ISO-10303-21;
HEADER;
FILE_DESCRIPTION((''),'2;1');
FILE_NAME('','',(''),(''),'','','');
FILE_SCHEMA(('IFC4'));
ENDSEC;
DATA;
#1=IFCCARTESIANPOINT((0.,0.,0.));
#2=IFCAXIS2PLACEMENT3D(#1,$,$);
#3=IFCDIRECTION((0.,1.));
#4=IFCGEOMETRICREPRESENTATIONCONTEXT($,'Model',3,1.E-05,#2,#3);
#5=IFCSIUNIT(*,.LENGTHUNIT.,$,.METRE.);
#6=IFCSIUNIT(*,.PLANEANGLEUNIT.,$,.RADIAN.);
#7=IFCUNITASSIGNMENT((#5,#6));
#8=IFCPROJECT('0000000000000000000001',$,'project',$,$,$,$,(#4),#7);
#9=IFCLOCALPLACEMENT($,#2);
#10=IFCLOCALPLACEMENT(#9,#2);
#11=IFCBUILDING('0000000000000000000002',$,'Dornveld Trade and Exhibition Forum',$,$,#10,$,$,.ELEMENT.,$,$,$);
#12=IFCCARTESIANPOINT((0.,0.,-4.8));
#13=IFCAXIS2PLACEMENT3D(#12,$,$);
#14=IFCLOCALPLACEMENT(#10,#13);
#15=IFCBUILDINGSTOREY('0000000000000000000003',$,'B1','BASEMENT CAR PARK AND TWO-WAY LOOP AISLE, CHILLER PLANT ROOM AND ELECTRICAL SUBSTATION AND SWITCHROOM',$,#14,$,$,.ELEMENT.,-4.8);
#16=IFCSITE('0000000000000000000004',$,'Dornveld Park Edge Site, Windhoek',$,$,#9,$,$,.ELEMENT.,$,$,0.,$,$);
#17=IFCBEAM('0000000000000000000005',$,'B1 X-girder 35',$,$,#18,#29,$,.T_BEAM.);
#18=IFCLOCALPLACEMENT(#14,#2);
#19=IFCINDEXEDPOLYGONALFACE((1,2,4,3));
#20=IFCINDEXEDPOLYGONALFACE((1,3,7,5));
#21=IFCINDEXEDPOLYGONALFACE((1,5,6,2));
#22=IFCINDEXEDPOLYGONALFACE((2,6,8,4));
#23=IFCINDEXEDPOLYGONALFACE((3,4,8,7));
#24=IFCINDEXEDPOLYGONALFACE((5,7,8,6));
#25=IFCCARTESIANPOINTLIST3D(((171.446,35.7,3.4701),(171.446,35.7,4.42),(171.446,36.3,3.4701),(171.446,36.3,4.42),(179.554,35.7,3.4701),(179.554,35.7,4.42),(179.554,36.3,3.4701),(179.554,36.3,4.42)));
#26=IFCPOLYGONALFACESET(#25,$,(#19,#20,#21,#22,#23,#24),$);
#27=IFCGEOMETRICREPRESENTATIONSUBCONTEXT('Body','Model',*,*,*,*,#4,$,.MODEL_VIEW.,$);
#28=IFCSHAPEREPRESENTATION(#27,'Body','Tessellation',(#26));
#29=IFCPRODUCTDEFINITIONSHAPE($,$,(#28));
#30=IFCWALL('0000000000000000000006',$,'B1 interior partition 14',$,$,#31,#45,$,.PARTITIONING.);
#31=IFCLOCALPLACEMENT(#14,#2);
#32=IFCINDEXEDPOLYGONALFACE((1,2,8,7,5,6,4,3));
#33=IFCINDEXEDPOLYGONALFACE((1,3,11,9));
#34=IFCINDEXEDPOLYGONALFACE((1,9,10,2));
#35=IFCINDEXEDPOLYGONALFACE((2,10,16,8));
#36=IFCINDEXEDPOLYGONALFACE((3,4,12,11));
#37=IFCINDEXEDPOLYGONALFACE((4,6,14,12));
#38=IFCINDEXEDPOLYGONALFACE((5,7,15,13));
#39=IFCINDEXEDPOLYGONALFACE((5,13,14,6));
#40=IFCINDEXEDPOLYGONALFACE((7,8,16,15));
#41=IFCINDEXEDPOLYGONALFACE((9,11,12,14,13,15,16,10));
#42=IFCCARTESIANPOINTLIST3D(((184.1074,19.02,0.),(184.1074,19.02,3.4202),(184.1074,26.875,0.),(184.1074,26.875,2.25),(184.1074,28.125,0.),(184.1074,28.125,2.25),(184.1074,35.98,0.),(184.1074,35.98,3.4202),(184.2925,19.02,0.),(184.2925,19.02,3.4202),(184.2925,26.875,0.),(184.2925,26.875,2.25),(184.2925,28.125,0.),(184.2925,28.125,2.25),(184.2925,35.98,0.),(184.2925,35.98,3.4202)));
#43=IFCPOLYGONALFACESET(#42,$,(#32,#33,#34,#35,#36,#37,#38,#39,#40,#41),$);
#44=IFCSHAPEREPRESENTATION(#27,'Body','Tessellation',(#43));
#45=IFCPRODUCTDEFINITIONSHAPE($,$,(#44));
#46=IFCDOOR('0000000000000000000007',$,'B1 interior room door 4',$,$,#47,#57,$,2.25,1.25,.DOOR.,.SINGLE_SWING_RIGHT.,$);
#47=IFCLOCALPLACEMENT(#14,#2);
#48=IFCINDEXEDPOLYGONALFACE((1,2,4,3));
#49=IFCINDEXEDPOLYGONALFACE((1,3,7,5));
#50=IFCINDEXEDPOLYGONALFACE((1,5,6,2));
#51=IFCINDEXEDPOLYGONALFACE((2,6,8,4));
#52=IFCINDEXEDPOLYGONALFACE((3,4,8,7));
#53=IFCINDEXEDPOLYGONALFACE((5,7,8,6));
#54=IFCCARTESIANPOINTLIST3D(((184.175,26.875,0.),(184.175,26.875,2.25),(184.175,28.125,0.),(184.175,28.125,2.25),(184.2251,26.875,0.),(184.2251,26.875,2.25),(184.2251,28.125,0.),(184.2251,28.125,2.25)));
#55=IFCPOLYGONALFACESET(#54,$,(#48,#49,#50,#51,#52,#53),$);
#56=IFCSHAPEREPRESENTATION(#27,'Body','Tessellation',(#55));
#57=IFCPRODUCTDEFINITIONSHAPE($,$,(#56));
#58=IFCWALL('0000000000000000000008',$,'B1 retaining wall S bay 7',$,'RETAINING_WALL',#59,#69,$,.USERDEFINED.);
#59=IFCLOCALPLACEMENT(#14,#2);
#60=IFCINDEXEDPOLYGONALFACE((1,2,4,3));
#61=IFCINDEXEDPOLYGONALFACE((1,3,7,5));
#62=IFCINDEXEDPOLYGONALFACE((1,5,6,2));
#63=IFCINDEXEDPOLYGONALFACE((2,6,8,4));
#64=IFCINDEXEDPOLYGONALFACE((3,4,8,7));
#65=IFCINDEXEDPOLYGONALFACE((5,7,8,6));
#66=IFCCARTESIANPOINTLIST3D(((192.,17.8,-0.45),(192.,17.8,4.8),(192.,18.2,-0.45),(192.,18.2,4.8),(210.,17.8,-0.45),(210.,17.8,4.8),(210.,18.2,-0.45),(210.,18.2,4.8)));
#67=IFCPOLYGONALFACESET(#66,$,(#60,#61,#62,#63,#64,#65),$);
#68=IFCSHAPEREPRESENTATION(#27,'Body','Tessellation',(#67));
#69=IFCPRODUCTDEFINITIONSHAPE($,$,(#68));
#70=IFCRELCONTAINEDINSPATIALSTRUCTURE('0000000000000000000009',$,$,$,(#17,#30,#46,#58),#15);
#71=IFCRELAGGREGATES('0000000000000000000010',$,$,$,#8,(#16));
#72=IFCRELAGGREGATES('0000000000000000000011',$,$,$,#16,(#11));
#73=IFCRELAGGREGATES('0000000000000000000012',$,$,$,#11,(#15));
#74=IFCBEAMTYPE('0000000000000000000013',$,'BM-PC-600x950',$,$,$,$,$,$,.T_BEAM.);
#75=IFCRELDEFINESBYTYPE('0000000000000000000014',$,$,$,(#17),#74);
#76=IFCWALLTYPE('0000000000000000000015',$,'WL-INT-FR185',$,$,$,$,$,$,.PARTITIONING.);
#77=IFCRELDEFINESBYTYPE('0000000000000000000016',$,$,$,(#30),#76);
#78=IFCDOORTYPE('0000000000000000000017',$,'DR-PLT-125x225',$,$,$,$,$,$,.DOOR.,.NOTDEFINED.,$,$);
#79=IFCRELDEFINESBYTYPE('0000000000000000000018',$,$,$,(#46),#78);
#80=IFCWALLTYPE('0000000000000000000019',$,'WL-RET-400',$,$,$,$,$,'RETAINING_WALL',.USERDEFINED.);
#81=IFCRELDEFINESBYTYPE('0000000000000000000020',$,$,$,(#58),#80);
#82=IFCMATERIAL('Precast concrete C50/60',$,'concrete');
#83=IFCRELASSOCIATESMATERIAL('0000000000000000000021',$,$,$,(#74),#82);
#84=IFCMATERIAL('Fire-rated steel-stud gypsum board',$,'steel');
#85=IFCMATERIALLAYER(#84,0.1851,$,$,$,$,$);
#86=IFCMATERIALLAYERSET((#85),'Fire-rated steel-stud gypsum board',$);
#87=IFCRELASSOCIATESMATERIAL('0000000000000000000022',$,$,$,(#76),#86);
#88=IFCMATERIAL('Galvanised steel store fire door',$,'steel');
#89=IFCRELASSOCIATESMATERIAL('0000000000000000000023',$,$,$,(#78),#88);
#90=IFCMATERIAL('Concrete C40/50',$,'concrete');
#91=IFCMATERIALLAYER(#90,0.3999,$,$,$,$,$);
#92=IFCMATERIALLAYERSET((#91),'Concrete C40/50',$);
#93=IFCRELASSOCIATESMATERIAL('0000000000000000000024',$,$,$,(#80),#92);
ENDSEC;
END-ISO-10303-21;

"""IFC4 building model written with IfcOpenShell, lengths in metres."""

from ifc_helpers import new_model, si_unit, direction, frame, frame_2d, origin, origin_2d, place, context, subcontext, project, spatial, rectangle, extrude, material, layer, layer_set, material_profile, profile_set, type_object, element, fill, save


model = new_model("IFC4")

# Units and contexts
model_context = context("Model", 3, precision=1e-05, world=origin(), true_north=direction((0.0, 1.0)))
body_context = subcontext(model_context, "Body", "Model", "MODEL_VIEW")
ifc_project = project(units=[si_unit("LENGTHUNIT", "METRE"), si_unit("PLANEANGLEUNIT", "RADIAN")], contexts=[model_context])

# Site, building, storey
site_placement = place(None, origin())
site = spatial("IfcSite", under=ifc_project, at=site_placement, Name="Dornveld Park Edge Site, Windhoek", CompositionType="ELEMENT", RefElevation=0.0)
building_placement = place(site_placement, origin())
building = spatial("IfcBuilding", under=site, at=building_placement, Name="Dornveld Trade and Exhibition Forum", CompositionType="ELEMENT")
storey_placement = place(building_placement, frame((0.0, 0.0, -4.8)))
storey = spatial("IfcBuildingStorey", under=building, at=storey_placement, Name="B1", Description="BASEMENT CAR PARK AND TWO-WAY LOOP AISLE, CHILLER PLANT ROOM AND ELECTRICAL SUBSTATION AND SWITCHROOM", CompositionType="ELEMENT", Elevation=-4.8)

# Beam
ifc_material_1 = material(Name="Precast concrete C50/60", Category="concrete")
ifc_material_profile_1 = material_profile(ifc_material_1, rectangle(XDim=0.6001, YDim=0.95, at=origin_2d()), Name="PC-GIR 600x950")
ifc_profile_set_1 = profile_set([ifc_material_profile_1], Name="Precast concrete C50/60")
beam_type_1 = type_object("IfcBeamType", Name="BM-PC-600x950", PredefinedType="T_BEAM", material=ifc_profile_set_1)
for number, where, z_axis, x_axis, name in (
    (1, (171.446, 36.0, 3.9451), (1.0, 0.0, 0.0), (0.0, 1.0, 0.0), "B1 X-girder 35"),
):
    element("IfcBeam", number, at=place(storey_placement, frame(where, z_axis=z_axis, x_axis=x_axis)), inside=storey, type_object=beam_type_1, Name=name, PredefinedType="T_BEAM", context=body_context, shape_type="SweptSolid", body=[
        extrude(rectangle(XDim=0.6001, YDim=0.95, at=origin_2d()), origin(), (0.0, 0.0, 1.0), 8.1079),
    ])

# Wall, opening, door
ifc_material_2 = material(Name="Fire-rated steel-stud gypsum board", Category="steel")
ifc_layer_1 = layer(ifc_material_2, 0.1851)
ifc_layer_set_1 = layer_set([ifc_layer_1], Name="Fire-rated steel-stud gypsum board")
wall_type_1 = type_object("IfcWallType", Name="WL-INT-FR185", PredefinedType="PARTITIONING", material=ifc_layer_set_1)
wall_1_placement = place(storey_placement, frame((184.2, 19.02, 0.0), z_axis=(0.0, 0.0, 1.0), x_axis=(0.0, 1.0, 0.0)))
wall_1 = element("IfcWall", 2, at=wall_1_placement, inside=storey, type_object=wall_type_1, Name="B1 interior partition 14", PredefinedType="PARTITIONING", context=body_context, shape_type="SweptSolid", body=[
    extrude(rectangle(XDim=16.96, YDim=0.1851, at=frame_2d((8.48, 0.0))), origin(), (0.0, 0.0, 1.0), 3.4202),
])
opening_placement = place(wall_1_placement, frame((7.855, 0.0, 0.0)))
opening = element("IfcOpeningElement", 3, at=opening_placement, cuts=wall_1, PredefinedType="OPENING", context=body_context, shape_type="SweptSolid", body=[
    extrude(rectangle(XDim=1.25, YDim=2.25, at=frame_2d((0.625, 1.125))), frame((0.0, 0.1025, 0.0), z_axis=(0.0, -1.0, 0.0), x_axis=(1.0, 0.0, 0.0)), (0.0, 0.0, 1.0), 0.2051),
])
ifc_material_3 = material(Name="Galvanised steel store fire door", Category="steel")
door_type = type_object("IfcDoorType", Name="DR-PLT-125x225", OperationType="NOTDEFINED", PredefinedType="DOOR", material=ifc_material_3)
door_placement = place(opening_placement, origin())
door = element("IfcDoor", 4, at=door_placement, inside=storey, type_object=door_type, Name="B1 interior room door 4", OperationType="SINGLE_SWING_RIGHT", OverallHeight=2.25, OverallWidth=1.25, PredefinedType="DOOR", context=body_context, shape_type="SweptSolid", body=[
    extrude(rectangle(XDim=1.25, YDim=2.25, at=frame_2d((0.625, 1.125))), frame((0.0, 0.0249, 0.0), z_axis=(0.0, -1.0, 0.0), x_axis=(1.0, 0.0, 0.0)), (0.0, 0.0, 1.0), 0.05),
])
fill(opening, door)

# Wall
ifc_material_4 = material(Name="Concrete C40/50", Category="concrete")
ifc_layer_2 = layer(ifc_material_4, 0.3999)
ifc_layer_set_2 = layer_set([ifc_layer_2], Name="Concrete C40/50")
wall_type_2 = type_object("IfcWallType", Name="WL-RET-400", ElementType="RETAINING_WALL", PredefinedType="USERDEFINED", material=ifc_layer_set_2)
wall_2_placement = place(storey_placement, frame((192.0, 18.0, -0.45), z_axis=(0.0, 0.0, 1.0), x_axis=(1.0, 0.0, 0.0)))
element("IfcWall", 5, at=wall_2_placement, inside=storey, type_object=wall_type_2, Name="B1 retaining wall S bay 7", ObjectType="RETAINING_WALL", PredefinedType="USERDEFINED", context=body_context, shape_type="SweptSolid", body=[
    extrude(rectangle(XDim=18.0, YDim=0.3999, at=frame_2d((9.0, 0.0))), origin(), (0.0, 0.0, 1.0), 5.25),
])

save(model, "model.ifc")
